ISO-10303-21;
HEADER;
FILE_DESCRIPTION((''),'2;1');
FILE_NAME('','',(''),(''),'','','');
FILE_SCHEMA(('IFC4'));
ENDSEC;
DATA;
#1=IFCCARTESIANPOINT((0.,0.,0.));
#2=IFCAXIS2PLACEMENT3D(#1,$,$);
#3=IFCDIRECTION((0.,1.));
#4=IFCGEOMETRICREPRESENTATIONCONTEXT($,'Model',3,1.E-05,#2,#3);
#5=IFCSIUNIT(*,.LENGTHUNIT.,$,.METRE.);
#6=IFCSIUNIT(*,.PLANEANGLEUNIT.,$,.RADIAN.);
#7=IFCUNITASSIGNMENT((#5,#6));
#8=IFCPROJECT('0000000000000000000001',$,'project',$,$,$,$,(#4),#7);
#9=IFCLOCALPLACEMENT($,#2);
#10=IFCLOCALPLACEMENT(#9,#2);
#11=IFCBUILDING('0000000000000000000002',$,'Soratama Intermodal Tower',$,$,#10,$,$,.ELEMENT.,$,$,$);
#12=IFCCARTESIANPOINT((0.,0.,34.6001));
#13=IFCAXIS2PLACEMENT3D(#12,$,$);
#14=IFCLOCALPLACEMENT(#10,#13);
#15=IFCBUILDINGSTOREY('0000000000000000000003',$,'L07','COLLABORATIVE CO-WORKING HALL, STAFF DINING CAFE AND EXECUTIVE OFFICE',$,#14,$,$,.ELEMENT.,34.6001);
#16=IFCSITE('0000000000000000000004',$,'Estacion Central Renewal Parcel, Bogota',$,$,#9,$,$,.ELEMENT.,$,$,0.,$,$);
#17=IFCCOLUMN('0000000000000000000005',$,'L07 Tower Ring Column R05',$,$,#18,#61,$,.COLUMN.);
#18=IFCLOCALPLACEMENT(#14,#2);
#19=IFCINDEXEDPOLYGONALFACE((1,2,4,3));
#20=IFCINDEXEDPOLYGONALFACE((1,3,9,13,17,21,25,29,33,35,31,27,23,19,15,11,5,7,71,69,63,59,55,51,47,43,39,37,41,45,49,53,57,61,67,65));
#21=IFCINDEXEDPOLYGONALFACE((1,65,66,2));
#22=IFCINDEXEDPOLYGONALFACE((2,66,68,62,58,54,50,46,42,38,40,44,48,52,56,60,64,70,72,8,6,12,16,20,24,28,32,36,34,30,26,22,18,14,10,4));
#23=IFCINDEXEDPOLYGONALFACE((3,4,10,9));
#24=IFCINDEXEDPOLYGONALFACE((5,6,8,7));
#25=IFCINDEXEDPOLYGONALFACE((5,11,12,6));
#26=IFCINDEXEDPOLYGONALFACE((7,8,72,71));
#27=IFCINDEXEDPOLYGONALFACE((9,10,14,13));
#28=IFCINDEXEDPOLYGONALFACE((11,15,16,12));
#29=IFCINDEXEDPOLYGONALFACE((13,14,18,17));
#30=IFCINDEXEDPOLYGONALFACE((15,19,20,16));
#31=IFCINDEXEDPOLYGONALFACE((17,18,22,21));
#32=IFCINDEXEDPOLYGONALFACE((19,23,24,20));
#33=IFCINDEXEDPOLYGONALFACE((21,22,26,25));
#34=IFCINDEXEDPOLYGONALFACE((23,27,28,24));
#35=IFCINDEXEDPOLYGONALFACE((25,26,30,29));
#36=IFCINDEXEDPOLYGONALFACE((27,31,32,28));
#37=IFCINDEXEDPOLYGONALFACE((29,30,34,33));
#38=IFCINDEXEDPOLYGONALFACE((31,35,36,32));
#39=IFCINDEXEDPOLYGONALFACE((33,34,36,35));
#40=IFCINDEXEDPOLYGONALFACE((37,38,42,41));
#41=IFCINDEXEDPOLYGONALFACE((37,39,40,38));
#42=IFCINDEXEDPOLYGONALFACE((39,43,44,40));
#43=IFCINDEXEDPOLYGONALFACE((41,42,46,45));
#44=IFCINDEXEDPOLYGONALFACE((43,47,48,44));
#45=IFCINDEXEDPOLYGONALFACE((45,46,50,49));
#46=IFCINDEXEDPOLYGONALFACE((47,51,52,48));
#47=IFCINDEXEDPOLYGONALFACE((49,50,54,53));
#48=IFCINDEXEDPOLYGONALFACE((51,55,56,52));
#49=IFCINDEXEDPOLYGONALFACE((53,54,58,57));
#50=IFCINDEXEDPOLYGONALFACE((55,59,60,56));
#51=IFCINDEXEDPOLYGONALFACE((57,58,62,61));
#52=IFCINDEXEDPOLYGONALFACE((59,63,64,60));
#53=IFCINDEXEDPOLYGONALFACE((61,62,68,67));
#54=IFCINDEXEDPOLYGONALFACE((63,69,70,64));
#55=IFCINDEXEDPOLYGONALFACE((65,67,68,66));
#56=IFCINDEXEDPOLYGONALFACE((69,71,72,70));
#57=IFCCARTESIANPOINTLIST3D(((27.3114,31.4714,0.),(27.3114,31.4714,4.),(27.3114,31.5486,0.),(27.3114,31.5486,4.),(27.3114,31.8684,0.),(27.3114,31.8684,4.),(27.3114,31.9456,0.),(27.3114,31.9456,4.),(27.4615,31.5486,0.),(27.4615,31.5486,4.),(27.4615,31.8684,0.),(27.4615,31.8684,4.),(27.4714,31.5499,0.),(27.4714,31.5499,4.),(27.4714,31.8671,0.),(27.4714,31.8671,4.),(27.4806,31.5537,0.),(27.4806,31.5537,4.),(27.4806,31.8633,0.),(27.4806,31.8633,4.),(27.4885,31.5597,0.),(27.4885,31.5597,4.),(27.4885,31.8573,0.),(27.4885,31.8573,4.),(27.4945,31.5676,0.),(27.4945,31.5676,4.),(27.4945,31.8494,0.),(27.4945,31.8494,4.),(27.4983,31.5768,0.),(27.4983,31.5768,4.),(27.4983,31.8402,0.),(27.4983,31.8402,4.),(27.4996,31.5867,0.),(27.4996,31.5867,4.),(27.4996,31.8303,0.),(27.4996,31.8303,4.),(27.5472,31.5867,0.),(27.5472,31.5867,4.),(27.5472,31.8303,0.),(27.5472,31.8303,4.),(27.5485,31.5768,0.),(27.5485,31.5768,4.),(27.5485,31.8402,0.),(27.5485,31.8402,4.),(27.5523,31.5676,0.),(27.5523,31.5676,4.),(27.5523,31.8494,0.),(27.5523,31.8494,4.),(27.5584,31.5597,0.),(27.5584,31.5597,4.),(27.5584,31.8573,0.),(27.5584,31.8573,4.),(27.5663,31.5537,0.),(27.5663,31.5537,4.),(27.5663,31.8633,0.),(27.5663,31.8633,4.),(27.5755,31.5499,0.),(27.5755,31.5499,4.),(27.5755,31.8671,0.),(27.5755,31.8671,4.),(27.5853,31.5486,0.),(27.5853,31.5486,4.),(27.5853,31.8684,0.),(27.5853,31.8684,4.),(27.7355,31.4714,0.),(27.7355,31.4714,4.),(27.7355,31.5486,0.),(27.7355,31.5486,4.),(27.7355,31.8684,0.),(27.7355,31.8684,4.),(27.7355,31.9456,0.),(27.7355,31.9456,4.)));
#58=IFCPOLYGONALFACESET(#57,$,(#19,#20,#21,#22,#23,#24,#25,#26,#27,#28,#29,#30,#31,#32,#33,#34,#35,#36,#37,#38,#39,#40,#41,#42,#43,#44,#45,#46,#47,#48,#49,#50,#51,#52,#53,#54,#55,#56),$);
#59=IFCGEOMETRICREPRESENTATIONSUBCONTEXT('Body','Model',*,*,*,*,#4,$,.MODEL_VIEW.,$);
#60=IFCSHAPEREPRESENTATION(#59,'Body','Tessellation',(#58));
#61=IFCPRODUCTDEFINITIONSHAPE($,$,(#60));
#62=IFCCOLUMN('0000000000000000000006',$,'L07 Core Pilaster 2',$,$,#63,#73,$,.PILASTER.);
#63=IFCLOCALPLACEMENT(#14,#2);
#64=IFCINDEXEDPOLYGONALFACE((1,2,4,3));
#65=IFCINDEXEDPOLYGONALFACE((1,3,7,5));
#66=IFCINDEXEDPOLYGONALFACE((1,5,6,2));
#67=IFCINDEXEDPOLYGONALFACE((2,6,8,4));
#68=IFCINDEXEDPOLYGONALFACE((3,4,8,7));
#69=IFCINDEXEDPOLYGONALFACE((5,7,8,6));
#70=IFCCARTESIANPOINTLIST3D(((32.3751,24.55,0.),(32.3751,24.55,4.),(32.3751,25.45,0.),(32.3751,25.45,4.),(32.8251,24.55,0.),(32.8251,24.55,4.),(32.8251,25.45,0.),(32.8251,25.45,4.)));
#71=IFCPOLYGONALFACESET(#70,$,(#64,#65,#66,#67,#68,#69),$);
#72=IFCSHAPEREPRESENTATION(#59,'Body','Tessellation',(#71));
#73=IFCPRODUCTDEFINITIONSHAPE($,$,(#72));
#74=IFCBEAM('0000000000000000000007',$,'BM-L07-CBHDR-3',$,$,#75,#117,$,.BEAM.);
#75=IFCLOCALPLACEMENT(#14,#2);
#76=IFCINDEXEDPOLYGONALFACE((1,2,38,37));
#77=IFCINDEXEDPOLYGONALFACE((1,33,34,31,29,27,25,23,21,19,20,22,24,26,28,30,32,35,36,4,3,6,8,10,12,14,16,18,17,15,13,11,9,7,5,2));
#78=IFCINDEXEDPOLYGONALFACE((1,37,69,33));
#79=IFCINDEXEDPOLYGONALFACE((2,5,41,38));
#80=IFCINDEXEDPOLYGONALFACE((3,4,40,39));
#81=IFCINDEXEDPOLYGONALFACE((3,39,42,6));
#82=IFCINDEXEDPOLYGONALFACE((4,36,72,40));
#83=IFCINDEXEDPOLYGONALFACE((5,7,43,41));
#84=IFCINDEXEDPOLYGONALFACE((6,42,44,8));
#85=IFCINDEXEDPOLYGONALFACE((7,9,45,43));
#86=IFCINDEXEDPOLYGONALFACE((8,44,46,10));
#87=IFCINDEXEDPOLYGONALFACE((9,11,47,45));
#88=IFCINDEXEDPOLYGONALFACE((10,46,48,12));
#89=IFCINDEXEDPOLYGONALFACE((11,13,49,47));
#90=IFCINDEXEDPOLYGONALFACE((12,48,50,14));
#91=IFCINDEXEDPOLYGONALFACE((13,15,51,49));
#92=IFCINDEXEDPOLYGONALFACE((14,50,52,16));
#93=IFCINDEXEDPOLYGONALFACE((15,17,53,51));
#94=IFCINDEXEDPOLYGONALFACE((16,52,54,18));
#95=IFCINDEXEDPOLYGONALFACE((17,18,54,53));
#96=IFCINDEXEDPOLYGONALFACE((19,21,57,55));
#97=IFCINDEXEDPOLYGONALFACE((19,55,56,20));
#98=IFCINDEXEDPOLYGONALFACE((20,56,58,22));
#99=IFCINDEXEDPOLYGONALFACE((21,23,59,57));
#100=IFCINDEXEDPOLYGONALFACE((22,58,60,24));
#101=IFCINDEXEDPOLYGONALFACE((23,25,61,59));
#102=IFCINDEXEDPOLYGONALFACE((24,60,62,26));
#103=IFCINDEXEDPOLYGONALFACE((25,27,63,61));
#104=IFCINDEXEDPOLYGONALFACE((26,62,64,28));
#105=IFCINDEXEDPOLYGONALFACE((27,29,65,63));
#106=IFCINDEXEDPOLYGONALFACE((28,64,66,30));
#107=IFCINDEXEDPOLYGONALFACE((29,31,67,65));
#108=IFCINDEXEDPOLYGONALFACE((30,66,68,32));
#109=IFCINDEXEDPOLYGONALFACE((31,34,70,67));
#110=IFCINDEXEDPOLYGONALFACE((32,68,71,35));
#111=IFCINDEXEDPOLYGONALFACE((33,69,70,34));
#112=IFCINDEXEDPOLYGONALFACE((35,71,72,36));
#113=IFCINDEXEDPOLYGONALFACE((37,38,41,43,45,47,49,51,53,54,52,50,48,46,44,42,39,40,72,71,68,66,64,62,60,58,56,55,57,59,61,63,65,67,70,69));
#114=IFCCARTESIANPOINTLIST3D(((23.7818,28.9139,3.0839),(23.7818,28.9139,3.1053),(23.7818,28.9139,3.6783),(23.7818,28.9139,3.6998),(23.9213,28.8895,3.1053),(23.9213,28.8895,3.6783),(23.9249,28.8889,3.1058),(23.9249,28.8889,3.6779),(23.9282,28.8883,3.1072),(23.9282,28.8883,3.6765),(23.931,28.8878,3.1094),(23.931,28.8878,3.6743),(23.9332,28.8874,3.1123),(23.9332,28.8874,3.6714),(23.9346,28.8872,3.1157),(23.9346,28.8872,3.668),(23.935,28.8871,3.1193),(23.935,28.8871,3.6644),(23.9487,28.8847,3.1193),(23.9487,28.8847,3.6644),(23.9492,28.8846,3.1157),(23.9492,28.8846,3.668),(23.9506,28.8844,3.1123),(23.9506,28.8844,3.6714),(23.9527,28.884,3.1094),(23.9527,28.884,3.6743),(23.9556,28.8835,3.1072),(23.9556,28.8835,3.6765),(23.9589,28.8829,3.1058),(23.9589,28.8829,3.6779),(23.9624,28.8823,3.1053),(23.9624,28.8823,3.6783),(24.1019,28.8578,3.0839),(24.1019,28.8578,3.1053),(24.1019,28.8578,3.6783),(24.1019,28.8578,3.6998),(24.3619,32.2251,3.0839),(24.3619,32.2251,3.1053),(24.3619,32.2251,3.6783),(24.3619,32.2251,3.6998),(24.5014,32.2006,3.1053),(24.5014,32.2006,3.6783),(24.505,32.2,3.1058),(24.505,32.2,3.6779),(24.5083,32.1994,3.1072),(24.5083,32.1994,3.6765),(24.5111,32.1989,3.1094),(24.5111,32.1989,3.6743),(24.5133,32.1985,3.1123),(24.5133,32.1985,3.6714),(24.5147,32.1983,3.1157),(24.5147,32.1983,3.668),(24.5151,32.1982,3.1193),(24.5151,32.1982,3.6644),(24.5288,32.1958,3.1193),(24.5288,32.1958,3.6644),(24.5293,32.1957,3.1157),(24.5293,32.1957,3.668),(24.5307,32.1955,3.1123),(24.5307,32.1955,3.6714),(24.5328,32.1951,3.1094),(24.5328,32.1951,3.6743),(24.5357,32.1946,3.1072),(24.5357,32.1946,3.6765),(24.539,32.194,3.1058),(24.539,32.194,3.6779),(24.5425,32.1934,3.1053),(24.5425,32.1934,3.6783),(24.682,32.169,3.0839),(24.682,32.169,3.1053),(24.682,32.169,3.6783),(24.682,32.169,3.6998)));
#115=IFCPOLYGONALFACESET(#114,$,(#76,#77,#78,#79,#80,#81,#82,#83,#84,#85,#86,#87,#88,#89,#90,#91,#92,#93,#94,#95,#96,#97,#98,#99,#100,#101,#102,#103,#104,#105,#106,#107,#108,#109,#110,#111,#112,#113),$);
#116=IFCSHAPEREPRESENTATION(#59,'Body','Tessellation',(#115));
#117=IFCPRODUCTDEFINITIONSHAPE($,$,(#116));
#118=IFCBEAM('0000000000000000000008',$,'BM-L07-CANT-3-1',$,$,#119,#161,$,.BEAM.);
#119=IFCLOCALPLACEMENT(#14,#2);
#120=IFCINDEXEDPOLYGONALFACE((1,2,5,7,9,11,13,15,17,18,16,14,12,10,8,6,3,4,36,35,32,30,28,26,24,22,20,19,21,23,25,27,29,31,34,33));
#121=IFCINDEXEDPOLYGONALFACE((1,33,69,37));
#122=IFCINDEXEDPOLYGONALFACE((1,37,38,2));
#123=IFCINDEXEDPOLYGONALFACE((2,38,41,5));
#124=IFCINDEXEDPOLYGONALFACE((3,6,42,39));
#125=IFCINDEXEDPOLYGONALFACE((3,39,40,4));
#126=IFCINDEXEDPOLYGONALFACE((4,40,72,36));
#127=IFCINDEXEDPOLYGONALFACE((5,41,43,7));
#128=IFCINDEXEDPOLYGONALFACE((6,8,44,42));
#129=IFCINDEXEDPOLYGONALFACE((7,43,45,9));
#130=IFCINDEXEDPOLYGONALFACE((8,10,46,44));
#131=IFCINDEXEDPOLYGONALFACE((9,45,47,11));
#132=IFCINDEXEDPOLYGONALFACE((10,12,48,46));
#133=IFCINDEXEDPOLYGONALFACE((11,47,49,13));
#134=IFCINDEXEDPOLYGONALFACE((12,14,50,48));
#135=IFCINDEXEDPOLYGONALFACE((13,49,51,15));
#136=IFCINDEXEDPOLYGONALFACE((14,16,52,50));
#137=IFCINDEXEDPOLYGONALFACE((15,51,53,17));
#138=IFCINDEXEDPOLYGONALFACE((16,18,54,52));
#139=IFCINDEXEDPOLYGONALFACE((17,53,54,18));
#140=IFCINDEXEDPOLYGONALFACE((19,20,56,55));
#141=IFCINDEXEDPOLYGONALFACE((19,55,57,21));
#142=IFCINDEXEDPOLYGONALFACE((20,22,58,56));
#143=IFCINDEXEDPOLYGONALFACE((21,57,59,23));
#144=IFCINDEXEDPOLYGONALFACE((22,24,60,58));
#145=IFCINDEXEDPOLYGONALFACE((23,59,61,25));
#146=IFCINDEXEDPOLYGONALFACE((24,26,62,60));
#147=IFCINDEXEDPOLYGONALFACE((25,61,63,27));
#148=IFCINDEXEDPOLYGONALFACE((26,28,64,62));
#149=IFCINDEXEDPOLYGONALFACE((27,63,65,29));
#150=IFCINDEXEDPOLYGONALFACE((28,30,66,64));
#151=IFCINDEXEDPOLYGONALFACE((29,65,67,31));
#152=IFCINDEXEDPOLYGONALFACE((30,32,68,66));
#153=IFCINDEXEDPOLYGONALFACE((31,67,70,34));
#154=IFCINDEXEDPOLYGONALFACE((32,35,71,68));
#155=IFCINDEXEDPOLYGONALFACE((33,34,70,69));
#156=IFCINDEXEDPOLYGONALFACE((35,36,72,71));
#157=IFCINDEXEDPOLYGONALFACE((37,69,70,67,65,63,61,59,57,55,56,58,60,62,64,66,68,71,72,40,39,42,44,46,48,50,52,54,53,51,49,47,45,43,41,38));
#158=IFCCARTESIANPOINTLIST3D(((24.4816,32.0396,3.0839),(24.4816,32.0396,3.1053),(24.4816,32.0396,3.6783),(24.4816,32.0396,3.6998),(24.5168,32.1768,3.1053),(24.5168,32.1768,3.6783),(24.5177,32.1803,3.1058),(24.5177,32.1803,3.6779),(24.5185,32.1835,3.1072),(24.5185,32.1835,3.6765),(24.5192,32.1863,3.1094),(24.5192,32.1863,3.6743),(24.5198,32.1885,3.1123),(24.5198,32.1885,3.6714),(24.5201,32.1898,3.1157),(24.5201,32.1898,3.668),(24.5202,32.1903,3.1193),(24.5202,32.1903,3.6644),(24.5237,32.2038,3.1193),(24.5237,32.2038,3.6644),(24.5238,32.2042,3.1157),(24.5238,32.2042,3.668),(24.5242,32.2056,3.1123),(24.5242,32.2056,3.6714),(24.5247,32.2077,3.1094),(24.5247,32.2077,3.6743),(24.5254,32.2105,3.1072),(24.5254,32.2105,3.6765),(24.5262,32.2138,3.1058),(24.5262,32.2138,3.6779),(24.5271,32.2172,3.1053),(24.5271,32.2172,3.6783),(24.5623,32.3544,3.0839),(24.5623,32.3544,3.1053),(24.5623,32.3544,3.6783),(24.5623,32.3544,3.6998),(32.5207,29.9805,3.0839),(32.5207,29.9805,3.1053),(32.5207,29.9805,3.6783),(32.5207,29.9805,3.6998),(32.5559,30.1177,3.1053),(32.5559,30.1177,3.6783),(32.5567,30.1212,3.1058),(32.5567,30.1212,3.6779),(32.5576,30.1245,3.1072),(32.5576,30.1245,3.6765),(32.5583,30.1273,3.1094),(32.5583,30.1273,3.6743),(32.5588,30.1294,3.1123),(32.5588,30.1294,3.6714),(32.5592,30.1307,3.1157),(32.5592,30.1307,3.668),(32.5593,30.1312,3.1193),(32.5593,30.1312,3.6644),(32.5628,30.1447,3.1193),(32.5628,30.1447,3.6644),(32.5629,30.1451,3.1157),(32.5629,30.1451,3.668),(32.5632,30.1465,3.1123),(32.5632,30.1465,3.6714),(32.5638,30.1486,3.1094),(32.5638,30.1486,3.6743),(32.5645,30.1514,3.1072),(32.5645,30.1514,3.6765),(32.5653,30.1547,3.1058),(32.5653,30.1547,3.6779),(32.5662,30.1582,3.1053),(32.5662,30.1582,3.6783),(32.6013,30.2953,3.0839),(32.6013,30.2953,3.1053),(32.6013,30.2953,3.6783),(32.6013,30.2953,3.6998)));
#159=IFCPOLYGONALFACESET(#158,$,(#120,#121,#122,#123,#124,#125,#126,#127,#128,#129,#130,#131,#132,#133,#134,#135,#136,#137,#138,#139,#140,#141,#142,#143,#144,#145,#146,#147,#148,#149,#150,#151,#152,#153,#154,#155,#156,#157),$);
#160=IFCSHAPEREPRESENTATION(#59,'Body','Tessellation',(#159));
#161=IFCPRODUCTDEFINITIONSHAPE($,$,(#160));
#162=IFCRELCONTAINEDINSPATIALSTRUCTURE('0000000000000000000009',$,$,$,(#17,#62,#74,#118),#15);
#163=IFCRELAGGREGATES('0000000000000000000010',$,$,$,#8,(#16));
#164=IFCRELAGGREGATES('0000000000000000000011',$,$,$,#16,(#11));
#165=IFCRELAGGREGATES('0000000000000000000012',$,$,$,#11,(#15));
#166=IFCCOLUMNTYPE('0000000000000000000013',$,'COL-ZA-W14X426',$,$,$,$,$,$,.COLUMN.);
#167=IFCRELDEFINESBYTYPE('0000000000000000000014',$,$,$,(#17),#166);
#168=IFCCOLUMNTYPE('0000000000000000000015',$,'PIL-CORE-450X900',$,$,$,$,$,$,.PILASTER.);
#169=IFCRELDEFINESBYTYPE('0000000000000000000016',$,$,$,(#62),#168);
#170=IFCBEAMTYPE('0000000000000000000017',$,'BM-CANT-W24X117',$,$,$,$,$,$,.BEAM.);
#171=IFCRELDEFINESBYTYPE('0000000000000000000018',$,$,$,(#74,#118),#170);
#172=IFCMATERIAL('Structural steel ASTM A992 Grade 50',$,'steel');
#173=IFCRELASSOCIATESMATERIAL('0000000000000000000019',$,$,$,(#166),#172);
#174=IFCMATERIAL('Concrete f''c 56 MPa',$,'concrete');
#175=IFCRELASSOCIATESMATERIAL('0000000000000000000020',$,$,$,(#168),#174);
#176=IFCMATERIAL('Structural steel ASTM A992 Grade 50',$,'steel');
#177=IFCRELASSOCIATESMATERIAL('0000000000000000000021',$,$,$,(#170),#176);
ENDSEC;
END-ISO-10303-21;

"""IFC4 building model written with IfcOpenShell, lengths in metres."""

from ifc_helpers import new_model, si_unit, direction, frame, origin, origin_2d, place, context, subcontext, project, spatial, rectangle, i_section, extrude, material, material_profile, profile_set, type_object, element, save


model = new_model("IFC4")

# Units and contexts
model_context = context("Model", 3, precision=1e-05, world=origin(), true_north=direction((0.0, 1.0)))
body_context = subcontext(model_context, "Body", "Model", "MODEL_VIEW")
ifc_project = project(units=[si_unit("LENGTHUNIT", "METRE"), si_unit("PLANEANGLEUNIT", "RADIAN")], contexts=[model_context])

# Site, building, storey
site_placement = place(None, origin())
site = spatial("IfcSite", under=ifc_project, at=site_placement, Name="Estacion Central Renewal Parcel, Bogota", CompositionType="ELEMENT", RefElevation=0.0)
building_placement = place(site_placement, origin())
building = spatial("IfcBuilding", under=site, at=building_placement, Name="Soratama Intermodal Tower", CompositionType="ELEMENT")
storey_placement = place(building_placement, frame((0.0, 0.0, 34.6001)))
storey = spatial("IfcBuildingStorey", under=building, at=storey_placement, Name="L07", Description="COLLABORATIVE CO-WORKING HALL, STAFF DINING CAFE AND EXECUTIVE OFFICE", CompositionType="ELEMENT", Elevation=34.6001)

# Columns
ifc_material_1 = material(Name="Structural steel ASTM A992 Grade 50", Category="steel")
ifc_material_profile_1 = material_profile(ifc_material_1, i_section(OverallWidth=0.4241, OverallDepth=0.4741, WebThickness=0.0476, FlangeThickness=0.0771, FilletRadius=0.0381, at=origin_2d()), Name="W14X426")
ifc_profile_set_1 = profile_set([ifc_material_profile_1], Name="Structural steel ASTM A992 Grade 50")
column_type_1 = type_object("IfcColumnType", Name="COL-ZA-W14X426", PredefinedType="COLUMN", material=ifc_profile_set_1)
column_1_placement = place(storey_placement, frame((27.5234, 31.7085, 0.0), z_axis=(0.0, 0.0, 1.0), x_axis=(1.0, 0.0, 0.0)))
element("IfcColumn", 1, at=column_1_placement, inside=storey, type_object=column_type_1, Name="L07 Tower Ring Column R05", PredefinedType="COLUMN", context=body_context, shape_type="SweptSolid", body=[
    extrude(i_section(OverallWidth=0.4241, OverallDepth=0.4741, WebThickness=0.0476, FlangeThickness=0.0771, FilletRadius=0.0381, at=origin_2d()), origin(), (0.0, 0.0, 1.0), 4.0),
])
ifc_material_2 = material(Name="Concrete f'c 56 MPa", Category="concrete")
ifc_material_profile_2 = material_profile(ifc_material_2, rectangle(XDim=0.45, YDim=0.8999, at=origin_2d()), Name="RC450X900")
ifc_profile_set_2 = profile_set([ifc_material_profile_2], Name="Concrete f'c 56 MPa")
column_type_2 = type_object("IfcColumnType", Name="PIL-CORE-450X900", PredefinedType="PILASTER", material=ifc_profile_set_2)
column_2_placement = place(storey_placement, frame((32.6001, 25.0, 0.0), z_axis=(0.0, 0.0, 1.0), x_axis=(1.0, 0.0, 0.0)))
element("IfcColumn", 2, at=column_2_placement, inside=storey, type_object=column_type_2, Name="L07 Core Pilaster 2", PredefinedType="PILASTER", context=body_context, shape_type="SweptSolid", body=[
    extrude(rectangle(XDim=0.45, YDim=0.8999, at=origin_2d()), origin(), (0.0, 0.0, 1.0), 4.0),
])

# Beams
ifc_material_3 = material(Name="Structural steel ASTM A992 Grade 50", Category="steel")
ifc_material_profile_3 = material_profile(ifc_material_3, i_section(OverallWidth=0.325, OverallDepth=0.616, WebThickness=0.0139, FlangeThickness=0.0215, FilletRadius=0.0139, at=origin_2d()), Name="W24X117")
ifc_profile_set_3 = profile_set([ifc_material_profile_3], Name="Structural steel ASTM A992 Grade 50")
beam_type_1 = type_object("IfcBeamType", Name="BM-CANT-W24X117", PredefinedType="BEAM", material=ifc_profile_set_3)
beam_1_placement = place(storey_placement, frame((24.522, 32.197, 3.3918), z_axis=(-0.172567, -0.984998, 0.0), x_axis=(0.984998, -0.172567, 0.0)))
element("IfcBeam", 3, at=beam_1_placement, inside=storey, type_object=beam_type_1, Name="BM-L07-CBHDR-3", PredefinedType="BEAM", context=body_context, shape_type="SweptSolid", body=[
    extrude(i_section(OverallWidth=0.325, OverallDepth=0.616, WebThickness=0.0139, FlangeThickness=0.0215, FilletRadius=0.0139, at=origin_2d()), origin(), (0.0, 0.0, 1.0), 3.3616),
])
beam_2_placement = place(storey_placement, frame((32.561, 30.1379, 3.3918), z_axis=(-0.968728, 0.248125, 0.0), x_axis=(-0.248125, -0.968728, 0.0)))
element("IfcBeam", 4, at=beam_2_placement, inside=storey, type_object=beam_type_1, Name="BM-L07-CANT-3-1", PredefinedType="BEAM", context=body_context, shape_type="SweptSolid", body=[
    extrude(i_section(OverallWidth=0.325, OverallDepth=0.616, WebThickness=0.0139, FlangeThickness=0.0215, FilletRadius=0.0139, at=origin_2d()), origin(), (0.0, 0.0, 1.0), 8.2986),
])

save(model, "model.ifc")
